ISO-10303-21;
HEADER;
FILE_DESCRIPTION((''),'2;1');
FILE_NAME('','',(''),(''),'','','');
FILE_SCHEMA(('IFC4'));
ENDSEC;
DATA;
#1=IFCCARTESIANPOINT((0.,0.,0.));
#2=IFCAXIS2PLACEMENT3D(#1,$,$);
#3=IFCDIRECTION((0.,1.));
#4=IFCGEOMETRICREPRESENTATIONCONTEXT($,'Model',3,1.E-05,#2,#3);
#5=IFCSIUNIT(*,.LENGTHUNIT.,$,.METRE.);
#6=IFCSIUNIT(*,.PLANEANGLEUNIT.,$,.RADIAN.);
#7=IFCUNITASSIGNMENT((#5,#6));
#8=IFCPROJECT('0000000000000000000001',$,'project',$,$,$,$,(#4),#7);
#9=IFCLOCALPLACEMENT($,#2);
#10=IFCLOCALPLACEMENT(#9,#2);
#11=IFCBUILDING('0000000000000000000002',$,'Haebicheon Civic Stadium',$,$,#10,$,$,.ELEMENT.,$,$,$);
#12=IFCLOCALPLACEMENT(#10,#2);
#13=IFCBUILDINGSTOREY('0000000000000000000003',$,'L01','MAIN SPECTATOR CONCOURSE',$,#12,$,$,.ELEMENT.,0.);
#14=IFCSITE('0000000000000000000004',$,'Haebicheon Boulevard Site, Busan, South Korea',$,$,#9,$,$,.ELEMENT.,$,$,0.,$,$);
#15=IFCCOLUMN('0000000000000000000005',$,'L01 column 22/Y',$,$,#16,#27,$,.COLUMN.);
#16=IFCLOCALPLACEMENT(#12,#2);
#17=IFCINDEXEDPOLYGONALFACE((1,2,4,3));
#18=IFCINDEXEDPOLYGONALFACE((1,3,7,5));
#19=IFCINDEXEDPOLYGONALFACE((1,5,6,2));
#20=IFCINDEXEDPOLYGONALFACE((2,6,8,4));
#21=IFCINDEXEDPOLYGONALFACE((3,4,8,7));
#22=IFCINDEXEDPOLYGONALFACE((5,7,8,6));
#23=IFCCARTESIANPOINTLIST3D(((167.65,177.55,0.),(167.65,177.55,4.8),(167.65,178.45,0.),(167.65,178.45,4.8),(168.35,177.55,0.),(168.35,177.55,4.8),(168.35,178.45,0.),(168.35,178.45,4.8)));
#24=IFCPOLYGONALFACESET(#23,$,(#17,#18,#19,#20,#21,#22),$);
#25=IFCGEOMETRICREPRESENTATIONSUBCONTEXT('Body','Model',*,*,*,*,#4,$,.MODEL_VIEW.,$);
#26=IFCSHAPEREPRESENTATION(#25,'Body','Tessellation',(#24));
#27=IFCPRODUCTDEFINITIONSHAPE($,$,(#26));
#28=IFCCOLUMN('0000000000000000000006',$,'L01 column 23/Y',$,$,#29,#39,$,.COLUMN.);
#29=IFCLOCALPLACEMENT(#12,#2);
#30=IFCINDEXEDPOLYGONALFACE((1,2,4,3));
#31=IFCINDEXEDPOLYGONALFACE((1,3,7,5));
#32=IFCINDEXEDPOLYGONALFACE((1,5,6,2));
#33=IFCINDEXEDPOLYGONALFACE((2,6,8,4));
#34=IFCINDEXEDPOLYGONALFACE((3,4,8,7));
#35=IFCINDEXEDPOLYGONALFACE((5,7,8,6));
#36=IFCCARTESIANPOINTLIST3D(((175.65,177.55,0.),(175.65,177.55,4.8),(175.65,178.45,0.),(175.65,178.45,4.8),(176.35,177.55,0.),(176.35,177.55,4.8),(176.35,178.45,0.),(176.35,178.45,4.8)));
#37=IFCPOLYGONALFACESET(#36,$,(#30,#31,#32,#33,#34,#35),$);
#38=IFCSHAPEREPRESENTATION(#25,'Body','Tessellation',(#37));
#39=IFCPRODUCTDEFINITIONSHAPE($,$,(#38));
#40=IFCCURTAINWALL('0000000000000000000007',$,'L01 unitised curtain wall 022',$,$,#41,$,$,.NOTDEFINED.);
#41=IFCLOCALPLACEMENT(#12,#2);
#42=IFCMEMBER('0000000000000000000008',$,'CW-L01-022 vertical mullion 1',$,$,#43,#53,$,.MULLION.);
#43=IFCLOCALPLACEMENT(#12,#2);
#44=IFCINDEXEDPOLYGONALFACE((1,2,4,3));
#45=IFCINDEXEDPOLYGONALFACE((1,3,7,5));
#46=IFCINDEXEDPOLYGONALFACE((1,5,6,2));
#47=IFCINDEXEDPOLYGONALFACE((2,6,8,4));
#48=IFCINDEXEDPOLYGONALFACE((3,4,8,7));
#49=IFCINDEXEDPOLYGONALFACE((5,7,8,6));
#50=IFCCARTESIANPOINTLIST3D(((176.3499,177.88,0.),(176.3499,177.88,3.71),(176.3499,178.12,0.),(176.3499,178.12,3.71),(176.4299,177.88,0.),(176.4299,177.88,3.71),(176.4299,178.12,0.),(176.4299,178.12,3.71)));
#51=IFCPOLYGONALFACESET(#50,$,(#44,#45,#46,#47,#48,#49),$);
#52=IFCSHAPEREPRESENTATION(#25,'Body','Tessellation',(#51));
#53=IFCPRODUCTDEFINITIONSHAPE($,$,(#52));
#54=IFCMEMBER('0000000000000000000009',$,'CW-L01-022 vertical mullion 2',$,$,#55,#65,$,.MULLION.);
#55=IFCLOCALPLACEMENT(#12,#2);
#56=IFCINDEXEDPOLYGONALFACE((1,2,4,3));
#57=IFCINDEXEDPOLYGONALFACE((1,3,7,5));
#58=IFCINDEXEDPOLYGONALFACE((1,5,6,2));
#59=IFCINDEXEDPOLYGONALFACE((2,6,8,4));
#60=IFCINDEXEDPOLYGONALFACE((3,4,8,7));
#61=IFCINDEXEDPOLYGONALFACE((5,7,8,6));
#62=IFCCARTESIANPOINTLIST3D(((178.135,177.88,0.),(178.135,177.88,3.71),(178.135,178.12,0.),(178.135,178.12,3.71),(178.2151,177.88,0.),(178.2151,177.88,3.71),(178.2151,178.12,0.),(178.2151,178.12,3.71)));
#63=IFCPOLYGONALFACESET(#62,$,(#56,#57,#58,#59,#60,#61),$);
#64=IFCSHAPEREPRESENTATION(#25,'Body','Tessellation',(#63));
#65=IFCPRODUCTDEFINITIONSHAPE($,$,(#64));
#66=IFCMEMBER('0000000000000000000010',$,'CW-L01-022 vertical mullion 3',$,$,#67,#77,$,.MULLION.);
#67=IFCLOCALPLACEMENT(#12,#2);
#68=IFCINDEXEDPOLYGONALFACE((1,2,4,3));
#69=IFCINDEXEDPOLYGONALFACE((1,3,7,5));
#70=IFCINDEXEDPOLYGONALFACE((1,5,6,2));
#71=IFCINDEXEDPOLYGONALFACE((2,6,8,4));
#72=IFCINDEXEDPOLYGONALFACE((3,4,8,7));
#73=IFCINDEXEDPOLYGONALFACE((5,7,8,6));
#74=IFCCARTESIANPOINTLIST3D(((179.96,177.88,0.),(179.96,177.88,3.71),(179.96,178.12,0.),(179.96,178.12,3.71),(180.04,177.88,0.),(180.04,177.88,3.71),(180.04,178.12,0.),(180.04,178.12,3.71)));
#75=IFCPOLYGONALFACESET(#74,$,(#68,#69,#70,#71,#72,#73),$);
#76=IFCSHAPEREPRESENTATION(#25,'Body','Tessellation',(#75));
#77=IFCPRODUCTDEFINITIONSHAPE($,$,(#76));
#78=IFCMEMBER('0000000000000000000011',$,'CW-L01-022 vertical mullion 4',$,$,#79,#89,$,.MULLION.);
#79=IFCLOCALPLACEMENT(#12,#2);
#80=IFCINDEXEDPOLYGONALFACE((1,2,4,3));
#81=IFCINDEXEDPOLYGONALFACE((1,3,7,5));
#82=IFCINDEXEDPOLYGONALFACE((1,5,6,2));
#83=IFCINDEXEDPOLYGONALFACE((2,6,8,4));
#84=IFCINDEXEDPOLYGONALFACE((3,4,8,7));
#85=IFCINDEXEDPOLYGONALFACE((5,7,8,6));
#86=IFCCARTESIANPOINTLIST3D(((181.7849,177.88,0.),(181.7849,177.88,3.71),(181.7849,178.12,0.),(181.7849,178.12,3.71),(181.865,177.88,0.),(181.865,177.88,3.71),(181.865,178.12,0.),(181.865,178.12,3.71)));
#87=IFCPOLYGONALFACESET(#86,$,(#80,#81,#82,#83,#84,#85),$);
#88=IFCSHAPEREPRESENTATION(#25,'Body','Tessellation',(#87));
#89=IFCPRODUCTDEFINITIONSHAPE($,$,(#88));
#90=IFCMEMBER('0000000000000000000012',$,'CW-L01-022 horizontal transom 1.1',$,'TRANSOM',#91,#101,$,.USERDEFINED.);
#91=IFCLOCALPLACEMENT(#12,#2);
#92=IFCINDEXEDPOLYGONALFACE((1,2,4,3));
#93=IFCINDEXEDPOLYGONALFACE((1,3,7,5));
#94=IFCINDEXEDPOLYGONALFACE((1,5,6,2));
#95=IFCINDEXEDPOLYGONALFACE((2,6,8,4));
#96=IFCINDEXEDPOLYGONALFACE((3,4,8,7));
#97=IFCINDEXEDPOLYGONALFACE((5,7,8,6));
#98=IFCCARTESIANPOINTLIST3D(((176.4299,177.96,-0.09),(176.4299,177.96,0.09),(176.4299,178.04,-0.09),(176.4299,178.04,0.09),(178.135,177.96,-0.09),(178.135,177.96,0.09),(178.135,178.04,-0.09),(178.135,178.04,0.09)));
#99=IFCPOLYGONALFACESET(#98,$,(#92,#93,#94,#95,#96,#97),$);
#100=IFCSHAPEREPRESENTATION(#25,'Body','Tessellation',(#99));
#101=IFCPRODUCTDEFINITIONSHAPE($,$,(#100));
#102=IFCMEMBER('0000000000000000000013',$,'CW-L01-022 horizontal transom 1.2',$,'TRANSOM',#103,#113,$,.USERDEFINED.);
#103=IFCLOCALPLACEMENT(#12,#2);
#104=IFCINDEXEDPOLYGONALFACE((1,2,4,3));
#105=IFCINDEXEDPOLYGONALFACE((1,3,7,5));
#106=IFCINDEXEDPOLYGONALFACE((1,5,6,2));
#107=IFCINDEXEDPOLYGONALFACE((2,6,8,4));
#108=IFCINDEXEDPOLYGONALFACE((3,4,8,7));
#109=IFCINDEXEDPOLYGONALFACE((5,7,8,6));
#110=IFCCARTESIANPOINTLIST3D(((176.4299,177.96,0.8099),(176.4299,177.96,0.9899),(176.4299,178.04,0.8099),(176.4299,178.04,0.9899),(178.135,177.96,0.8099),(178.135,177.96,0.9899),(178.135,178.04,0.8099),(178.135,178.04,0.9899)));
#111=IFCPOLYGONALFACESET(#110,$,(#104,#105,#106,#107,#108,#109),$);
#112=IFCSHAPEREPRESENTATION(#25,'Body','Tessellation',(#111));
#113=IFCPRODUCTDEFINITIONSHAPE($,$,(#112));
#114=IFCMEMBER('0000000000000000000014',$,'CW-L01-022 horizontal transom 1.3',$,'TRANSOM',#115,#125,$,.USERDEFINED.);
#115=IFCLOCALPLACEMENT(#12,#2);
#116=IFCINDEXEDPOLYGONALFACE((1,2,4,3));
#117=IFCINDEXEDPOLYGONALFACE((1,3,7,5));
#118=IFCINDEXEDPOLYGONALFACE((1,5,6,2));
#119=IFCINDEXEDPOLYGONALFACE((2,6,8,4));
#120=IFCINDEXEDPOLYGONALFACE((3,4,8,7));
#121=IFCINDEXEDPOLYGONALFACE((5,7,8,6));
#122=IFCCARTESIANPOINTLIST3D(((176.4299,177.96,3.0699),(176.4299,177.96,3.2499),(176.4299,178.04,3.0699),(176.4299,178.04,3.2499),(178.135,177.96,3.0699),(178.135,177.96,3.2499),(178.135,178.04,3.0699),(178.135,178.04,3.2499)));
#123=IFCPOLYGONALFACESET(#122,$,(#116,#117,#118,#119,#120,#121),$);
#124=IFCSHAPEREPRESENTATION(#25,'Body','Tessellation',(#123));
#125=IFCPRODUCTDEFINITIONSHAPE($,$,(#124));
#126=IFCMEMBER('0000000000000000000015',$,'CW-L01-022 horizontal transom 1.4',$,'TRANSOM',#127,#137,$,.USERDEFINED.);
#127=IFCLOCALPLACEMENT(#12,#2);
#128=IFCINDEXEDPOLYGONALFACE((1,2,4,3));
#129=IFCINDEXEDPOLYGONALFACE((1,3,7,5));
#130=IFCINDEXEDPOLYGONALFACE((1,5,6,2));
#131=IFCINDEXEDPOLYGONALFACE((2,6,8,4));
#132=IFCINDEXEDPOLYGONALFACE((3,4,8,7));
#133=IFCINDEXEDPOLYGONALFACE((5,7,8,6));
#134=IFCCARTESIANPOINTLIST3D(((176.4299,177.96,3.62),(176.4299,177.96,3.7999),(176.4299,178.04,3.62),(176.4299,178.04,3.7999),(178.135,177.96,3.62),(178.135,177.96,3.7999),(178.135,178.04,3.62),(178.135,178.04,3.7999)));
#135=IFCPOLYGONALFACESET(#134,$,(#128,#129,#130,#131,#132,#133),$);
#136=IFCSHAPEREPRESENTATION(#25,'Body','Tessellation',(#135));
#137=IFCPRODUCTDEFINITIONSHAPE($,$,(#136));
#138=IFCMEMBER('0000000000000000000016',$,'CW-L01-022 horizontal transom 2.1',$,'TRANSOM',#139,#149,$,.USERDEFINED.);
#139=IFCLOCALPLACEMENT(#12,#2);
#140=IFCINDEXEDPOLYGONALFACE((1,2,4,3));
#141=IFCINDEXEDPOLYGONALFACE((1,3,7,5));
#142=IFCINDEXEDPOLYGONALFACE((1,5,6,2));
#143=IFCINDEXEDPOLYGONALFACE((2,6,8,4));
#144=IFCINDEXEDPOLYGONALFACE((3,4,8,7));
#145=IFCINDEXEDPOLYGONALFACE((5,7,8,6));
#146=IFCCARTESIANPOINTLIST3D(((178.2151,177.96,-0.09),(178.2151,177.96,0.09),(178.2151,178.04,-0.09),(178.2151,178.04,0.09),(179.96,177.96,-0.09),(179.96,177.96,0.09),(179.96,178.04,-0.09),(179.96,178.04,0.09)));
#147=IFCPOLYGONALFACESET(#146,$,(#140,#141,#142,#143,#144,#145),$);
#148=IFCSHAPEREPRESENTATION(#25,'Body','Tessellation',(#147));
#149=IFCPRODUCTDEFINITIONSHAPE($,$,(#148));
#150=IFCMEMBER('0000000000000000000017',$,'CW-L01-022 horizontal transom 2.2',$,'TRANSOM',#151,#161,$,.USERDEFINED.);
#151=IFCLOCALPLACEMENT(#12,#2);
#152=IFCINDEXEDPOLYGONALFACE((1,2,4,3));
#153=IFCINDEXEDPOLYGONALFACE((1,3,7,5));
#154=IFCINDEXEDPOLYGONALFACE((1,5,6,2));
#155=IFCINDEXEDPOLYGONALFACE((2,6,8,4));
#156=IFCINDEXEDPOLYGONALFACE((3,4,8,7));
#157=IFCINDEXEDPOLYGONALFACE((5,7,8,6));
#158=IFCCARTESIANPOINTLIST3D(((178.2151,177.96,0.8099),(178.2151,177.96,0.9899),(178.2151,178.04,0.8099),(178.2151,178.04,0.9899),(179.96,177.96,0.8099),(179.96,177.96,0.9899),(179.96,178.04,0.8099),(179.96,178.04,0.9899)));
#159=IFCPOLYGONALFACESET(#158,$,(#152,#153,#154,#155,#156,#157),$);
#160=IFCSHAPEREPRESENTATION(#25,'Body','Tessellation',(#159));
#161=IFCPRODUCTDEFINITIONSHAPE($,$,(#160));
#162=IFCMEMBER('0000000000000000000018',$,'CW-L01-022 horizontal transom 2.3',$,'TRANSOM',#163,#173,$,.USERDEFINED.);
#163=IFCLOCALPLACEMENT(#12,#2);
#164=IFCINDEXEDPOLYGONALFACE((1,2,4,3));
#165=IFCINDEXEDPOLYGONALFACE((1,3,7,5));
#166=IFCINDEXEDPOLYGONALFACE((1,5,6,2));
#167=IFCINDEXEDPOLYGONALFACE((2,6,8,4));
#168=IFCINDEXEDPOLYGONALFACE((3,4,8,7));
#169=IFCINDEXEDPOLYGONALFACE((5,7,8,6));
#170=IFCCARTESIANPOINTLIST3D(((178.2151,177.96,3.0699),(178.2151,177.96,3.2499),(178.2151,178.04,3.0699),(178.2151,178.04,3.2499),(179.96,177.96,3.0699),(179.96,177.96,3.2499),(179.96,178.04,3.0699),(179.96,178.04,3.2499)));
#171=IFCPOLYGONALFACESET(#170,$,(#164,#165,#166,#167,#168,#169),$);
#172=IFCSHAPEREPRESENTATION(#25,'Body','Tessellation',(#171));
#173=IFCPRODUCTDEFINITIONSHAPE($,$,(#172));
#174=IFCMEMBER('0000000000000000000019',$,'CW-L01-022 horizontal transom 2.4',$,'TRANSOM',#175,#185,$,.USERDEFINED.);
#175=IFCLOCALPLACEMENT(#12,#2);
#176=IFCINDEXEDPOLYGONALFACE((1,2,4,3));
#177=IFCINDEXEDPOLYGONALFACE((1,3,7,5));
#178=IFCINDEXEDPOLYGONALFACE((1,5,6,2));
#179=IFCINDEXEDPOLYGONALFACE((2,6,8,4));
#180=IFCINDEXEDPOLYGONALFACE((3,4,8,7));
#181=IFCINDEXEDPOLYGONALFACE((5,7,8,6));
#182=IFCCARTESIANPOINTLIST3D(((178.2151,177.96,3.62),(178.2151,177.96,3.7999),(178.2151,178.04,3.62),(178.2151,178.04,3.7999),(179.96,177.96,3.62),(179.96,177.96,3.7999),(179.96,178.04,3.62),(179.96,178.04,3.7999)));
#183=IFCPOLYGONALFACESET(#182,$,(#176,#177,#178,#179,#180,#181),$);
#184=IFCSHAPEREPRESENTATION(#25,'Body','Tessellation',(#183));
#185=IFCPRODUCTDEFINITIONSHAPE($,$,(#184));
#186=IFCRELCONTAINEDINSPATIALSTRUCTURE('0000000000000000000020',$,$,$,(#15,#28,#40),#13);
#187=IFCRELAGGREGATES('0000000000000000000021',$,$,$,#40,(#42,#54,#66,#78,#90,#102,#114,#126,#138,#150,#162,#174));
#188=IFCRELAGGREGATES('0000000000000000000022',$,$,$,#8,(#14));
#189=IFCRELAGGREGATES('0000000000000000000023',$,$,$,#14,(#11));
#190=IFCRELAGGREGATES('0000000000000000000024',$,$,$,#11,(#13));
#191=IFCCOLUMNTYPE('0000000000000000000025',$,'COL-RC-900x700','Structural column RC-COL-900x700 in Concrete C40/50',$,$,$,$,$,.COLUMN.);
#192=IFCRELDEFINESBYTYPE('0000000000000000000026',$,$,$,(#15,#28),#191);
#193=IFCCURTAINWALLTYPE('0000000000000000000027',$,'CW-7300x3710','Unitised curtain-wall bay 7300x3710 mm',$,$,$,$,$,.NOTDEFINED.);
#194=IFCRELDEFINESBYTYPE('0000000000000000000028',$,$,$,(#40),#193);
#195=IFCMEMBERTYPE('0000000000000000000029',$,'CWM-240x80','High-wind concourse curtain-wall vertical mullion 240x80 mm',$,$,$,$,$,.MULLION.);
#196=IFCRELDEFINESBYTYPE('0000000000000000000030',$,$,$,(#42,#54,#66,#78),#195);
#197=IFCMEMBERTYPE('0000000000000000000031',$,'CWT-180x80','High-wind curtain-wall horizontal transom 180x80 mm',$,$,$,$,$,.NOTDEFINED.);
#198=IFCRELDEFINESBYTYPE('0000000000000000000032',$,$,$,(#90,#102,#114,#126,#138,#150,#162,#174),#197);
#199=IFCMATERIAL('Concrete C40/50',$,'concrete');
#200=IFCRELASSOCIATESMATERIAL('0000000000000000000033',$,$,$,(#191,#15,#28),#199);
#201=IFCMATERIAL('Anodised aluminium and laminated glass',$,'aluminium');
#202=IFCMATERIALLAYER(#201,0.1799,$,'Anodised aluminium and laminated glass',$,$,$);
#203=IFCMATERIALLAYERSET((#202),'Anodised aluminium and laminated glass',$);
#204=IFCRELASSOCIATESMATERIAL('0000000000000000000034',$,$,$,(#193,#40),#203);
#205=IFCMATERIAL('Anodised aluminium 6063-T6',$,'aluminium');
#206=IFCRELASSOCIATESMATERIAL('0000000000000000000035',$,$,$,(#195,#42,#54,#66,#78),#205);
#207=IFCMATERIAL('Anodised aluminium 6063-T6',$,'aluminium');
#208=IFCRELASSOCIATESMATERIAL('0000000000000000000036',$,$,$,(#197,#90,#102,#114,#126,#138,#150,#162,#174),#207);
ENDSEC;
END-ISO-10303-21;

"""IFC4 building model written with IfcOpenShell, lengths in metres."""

from ifc_helpers import new_model, si_unit, direction, frame, origin, origin_2d, place, context, subcontext, project, spatial, rectangle, extrude, material, layer, layer_set, material_profile, profile_set, type_object, element, aggregate, save


model = new_model("IFC4")

# Units and contexts
model_context = context("Model", 3, precision=1e-05, world=origin(), true_north=direction((0.0, 1.0)))
body_context = subcontext(model_context, "Body", "Model", "MODEL_VIEW")
ifc_project = project(units=[si_unit("LENGTHUNIT", "METRE"), si_unit("PLANEANGLEUNIT", "RADIAN")], contexts=[model_context])

# Site, building, storey
site_placement = place(None, origin())
site = spatial("IfcSite", under=ifc_project, at=site_placement, Name="Haebicheon Boulevard Site, Busan, South Korea", CompositionType="ELEMENT", RefElevation=0.0)
building_placement = place(site_placement, origin())
building = spatial("IfcBuilding", under=site, at=building_placement, Name="Haebicheon Civic Stadium", CompositionType="ELEMENT")
storey_placement = place(building_placement, origin())
storey = spatial("IfcBuildingStorey", under=building, at=storey_placement, Name="L01", Description="MAIN SPECTATOR CONCOURSE", CompositionType="ELEMENT", Elevation=0.0)

# Columns
ifc_material_1 = material(Name="Concrete C40/50", Category="concrete")
ifc_material_profile_1 = material_profile(ifc_material_1, rectangle(XDim=0.7, YDim=0.8999, at=origin_2d()), Name="RC-COL-900x700")
ifc_profile_set_1 = profile_set([ifc_material_profile_1], Name="Concrete C40/50")
column_type = type_object("IfcColumnType", Name="COL-RC-900x700", Description="Structural column RC-COL-900x700 in Concrete C40/50", PredefinedType="COLUMN", material=ifc_profile_set_1)
for number, where, z_axis, x_axis, name in (
    (1, (168.0, 178.0, 0.0), (0.0, 0.0, 1.0), (1.0, 0.0, 0.0), "L01 column 22/Y"),
    (2, (176.0, 178.0, 0.0), (0.0, 0.0, 1.0), (1.0, 0.0, 0.0), "L01 column 23/Y"),
):
    element("IfcColumn", number, at=place(storey_placement, frame(where, z_axis=z_axis, x_axis=x_axis)), inside=storey, type_object=column_type, material=ifc_profile_set_1, Name=name, PredefinedType="COLUMN", context=body_context, shape_type="SweptSolid", body=[
        extrude(rectangle(XDim=0.7, YDim=0.8999, at=origin_2d()), origin(), (0.0, 0.0, 1.0), 4.8),
    ])

# Curtain wall, members
ifc_material_2 = material(Name="Anodised aluminium and laminated glass", Category="aluminium")
ifc_layer_1 = layer(ifc_material_2, 0.1799, Name="Anodised aluminium and laminated glass")
ifc_layer_set_1 = layer_set([ifc_layer_1], Name="Anodised aluminium and laminated glass")
curtain_wall_type = type_object("IfcCurtainWallType", Name="CW-7300x3710", Description="Unitised curtain-wall bay 7300x3710 mm", PredefinedType="NOTDEFINED", material=ifc_layer_set_1)
curtain_wall_placement = place(storey_placement, origin())
curtain_wall = element("IfcCurtainWall", 3, at=curtain_wall_placement, inside=storey, type_object=curtain_wall_type, material=ifc_layer_set_1, Name="L01 unitised curtain wall 022", PredefinedType="NOTDEFINED")
ifc_material_3 = material(Name="Anodised aluminium 6063-T6", Category="aluminium")
ifc_material_profile_2 = material_profile(ifc_material_3, rectangle(XDim=0.0801, YDim=0.24, at=origin_2d()), Name="ALU-MULL-80x240")
ifc_profile_set_2 = profile_set([ifc_material_profile_2], Name="Anodised aluminium 6063-T6")
member_type_1 = type_object("IfcMemberType", Name="CWM-240x80", Description="High-wind concourse curtain-wall vertical mullion 240x80 mm", PredefinedType="MULLION", material=ifc_profile_set_2)
member_1_placement = place(storey_placement, frame((176.3899, 178.0, 0.0), z_axis=(0.0, 0.0, 1.0), x_axis=(1.0, 0.0, 0.0)))
member_1 = element("IfcMember", 4, at=member_1_placement, type_object=member_type_1, material=ifc_profile_set_2, Name="CW-L01-022 vertical mullion 1", PredefinedType="MULLION", context=body_context, shape_type="SweptSolid", body=[
    extrude(rectangle(XDim=0.0801, YDim=0.24, at=origin_2d()), origin(), (0.0, 0.0, 1.0), 3.71),
])
member_2_placement = place(storey_placement, frame((178.175, 178.0, 0.0), z_axis=(0.0, 0.0, 1.0), x_axis=(1.0, 0.0, 0.0)))
member_2 = element("IfcMember", 5, at=member_2_placement, type_object=member_type_1, material=ifc_profile_set_2, Name="CW-L01-022 vertical mullion 2", PredefinedType="MULLION", context=body_context, shape_type="SweptSolid", body=[
    extrude(rectangle(XDim=0.0801, YDim=0.24, at=origin_2d()), origin(), (0.0, 0.0, 1.0), 3.71),
])
member_3_placement = place(storey_placement, frame((180.0, 178.0, 0.0), z_axis=(0.0, 0.0, 1.0), x_axis=(1.0, 0.0, 0.0)))
member_3 = element("IfcMember", 6, at=member_3_placement, type_object=member_type_1, material=ifc_profile_set_2, Name="CW-L01-022 vertical mullion 3", PredefinedType="MULLION", context=body_context, shape_type="SweptSolid", body=[
    extrude(rectangle(XDim=0.0801, YDim=0.24, at=origin_2d()), origin(), (0.0, 0.0, 1.0), 3.71),
])
member_4_placement = place(storey_placement, frame((181.825, 178.0, 0.0), z_axis=(0.0, 0.0, 1.0), x_axis=(1.0, 0.0, 0.0)))
member_4 = element("IfcMember", 7, at=member_4_placement, type_object=member_type_1, material=ifc_profile_set_2, Name="CW-L01-022 vertical mullion 4", PredefinedType="MULLION", context=body_context, shape_type="SweptSolid", body=[
    extrude(rectangle(XDim=0.0801, YDim=0.24, at=origin_2d()), origin(), (0.0, 0.0, 1.0), 3.71),
])
ifc_material_4 = material(Name="Anodised aluminium 6063-T6", Category="aluminium")
ifc_material_profile_3 = material_profile(ifc_material_4, rectangle(XDim=0.0801, YDim=0.1799, at=origin_2d()), Name="ALU-TRAN-80x180")
ifc_profile_set_3 = profile_set([ifc_material_profile_3], Name="Anodised aluminium 6063-T6")
member_type_2 = type_object("IfcMemberType", Name="CWT-180x80", Description="High-wind curtain-wall horizontal transom 180x80 mm", PredefinedType="NOTDEFINED", material=ifc_profile_set_3)
member_5_placement = place(storey_placement, frame((176.4299, 178.0, 0.0), z_axis=(1.0, 0.0, 0.0), x_axis=(0.0, 1.0, 0.0)))
member_5 = element("IfcMember", 8, at=member_5_placement, type_object=member_type_2, material=ifc_profile_set_3, Name="CW-L01-022 horizontal transom 1.1", ObjectType="TRANSOM", PredefinedType="USERDEFINED", context=body_context, shape_type="SweptSolid", body=[
    extrude(rectangle(XDim=0.0801, YDim=0.1799, at=origin_2d()), origin(), (0.0, 0.0, 1.0), 1.7051),
])
member_6_placement = place(storey_placement, frame((176.4299, 178.0, 0.8999), z_axis=(1.0, 0.0, 0.0), x_axis=(0.0, 1.0, 0.0)))
member_6 = element("IfcMember", 9, at=member_6_placement, type_object=member_type_2, material=ifc_profile_set_3, Name="CW-L01-022 horizontal transom 1.2", ObjectType="TRANSOM", PredefinedType="USERDEFINED", context=body_context, shape_type="SweptSolid", body=[
    extrude(rectangle(XDim=0.0801, YDim=0.1799, at=origin_2d()), origin(), (0.0, 0.0, 1.0), 1.7051),
])
member_7_placement = place(storey_placement, frame((176.4299, 178.0, 3.1599), z_axis=(1.0, 0.0, 0.0), x_axis=(0.0, 1.0, 0.0)))
member_7 = element("IfcMember", 10, at=member_7_placement, type_object=member_type_2, material=ifc_profile_set_3, Name="CW-L01-022 horizontal transom 1.3", ObjectType="TRANSOM", PredefinedType="USERDEFINED", context=body_context, shape_type="SweptSolid", body=[
    extrude(rectangle(XDim=0.0801, YDim=0.1799, at=origin_2d()), origin(), (0.0, 0.0, 1.0), 1.7051),
])
member_8_placement = place(storey_placement, frame((176.4299, 178.0, 3.71), z_axis=(1.0, 0.0, 0.0), x_axis=(0.0, 1.0, 0.0)))
member_8 = element("IfcMember", 11, at=member_8_placement, type_object=member_type_2, material=ifc_profile_set_3, Name="CW-L01-022 horizontal transom 1.4", ObjectType="TRANSOM", PredefinedType="USERDEFINED", context=body_context, shape_type="SweptSolid", body=[
    extrude(rectangle(XDim=0.0801, YDim=0.1799, at=origin_2d()), origin(), (0.0, 0.0, 1.0), 1.7051),
])
member_9_placement = place(storey_placement, frame((178.2151, 178.0, 0.0), z_axis=(1.0, 0.0, 0.0), x_axis=(0.0, 1.0, 0.0)))
member_9 = element("IfcMember", 12, at=member_9_placement, type_object=member_type_2, material=ifc_profile_set_3, Name="CW-L01-022 horizontal transom 2.1", ObjectType="TRANSOM", PredefinedType="USERDEFINED", context=body_context, shape_type="SweptSolid", body=[
    extrude(rectangle(XDim=0.0801, YDim=0.1799, at=origin_2d()), origin(), (0.0, 0.0, 1.0), 1.7449),
])
member_10_placement = place(storey_placement, frame((178.2151, 178.0, 0.8999), z_axis=(1.0, 0.0, 0.0), x_axis=(0.0, 1.0, 0.0)))
member_10 = element("IfcMember", 13, at=member_10_placement, type_object=member_type_2, material=ifc_profile_set_3, Name="CW-L01-022 horizontal transom 2.2", ObjectType="TRANSOM", PredefinedType="USERDEFINED", context=body_context, shape_type="SweptSolid", body=[
    extrude(rectangle(XDim=0.0801, YDim=0.1799, at=origin_2d()), origin(), (0.0, 0.0, 1.0), 1.7449),
])
member_11_placement = place(storey_placement, frame((178.2151, 178.0, 3.1599), z_axis=(1.0, 0.0, 0.0), x_axis=(0.0, 1.0, 0.0)))
member_11 = element("IfcMember", 14, at=member_11_placement, type_object=member_type_2, material=ifc_profile_set_3, Name="CW-L01-022 horizontal transom 2.3", ObjectType="TRANSOM", PredefinedType="USERDEFINED", context=body_context, shape_type="SweptSolid", body=[
    extrude(rectangle(XDim=0.0801, YDim=0.1799, at=origin_2d()), origin(), (0.0, 0.0, 1.0), 1.7449),
])
member_12_placement = place(storey_placement, frame((178.2151, 178.0, 3.71), z_axis=(1.0, 0.0, 0.0), x_axis=(0.0, 1.0, 0.0)))
member_12 = element("IfcMember", 15, at=member_12_placement, type_object=member_type_2, material=ifc_profile_set_3, Name="CW-L01-022 horizontal transom 2.4", ObjectType="TRANSOM", PredefinedType="USERDEFINED", context=body_context, shape_type="SweptSolid", body=[
    extrude(rectangle(XDim=0.0801, YDim=0.1799, at=origin_2d()), origin(), (0.0, 0.0, 1.0), 1.7449),
])

aggregate(curtain_wall, [member_1, member_2, member_3, member_4, member_5, member_6, member_7, member_8, member_9, member_10, member_11, member_12])

save(model, "model.ifc")
